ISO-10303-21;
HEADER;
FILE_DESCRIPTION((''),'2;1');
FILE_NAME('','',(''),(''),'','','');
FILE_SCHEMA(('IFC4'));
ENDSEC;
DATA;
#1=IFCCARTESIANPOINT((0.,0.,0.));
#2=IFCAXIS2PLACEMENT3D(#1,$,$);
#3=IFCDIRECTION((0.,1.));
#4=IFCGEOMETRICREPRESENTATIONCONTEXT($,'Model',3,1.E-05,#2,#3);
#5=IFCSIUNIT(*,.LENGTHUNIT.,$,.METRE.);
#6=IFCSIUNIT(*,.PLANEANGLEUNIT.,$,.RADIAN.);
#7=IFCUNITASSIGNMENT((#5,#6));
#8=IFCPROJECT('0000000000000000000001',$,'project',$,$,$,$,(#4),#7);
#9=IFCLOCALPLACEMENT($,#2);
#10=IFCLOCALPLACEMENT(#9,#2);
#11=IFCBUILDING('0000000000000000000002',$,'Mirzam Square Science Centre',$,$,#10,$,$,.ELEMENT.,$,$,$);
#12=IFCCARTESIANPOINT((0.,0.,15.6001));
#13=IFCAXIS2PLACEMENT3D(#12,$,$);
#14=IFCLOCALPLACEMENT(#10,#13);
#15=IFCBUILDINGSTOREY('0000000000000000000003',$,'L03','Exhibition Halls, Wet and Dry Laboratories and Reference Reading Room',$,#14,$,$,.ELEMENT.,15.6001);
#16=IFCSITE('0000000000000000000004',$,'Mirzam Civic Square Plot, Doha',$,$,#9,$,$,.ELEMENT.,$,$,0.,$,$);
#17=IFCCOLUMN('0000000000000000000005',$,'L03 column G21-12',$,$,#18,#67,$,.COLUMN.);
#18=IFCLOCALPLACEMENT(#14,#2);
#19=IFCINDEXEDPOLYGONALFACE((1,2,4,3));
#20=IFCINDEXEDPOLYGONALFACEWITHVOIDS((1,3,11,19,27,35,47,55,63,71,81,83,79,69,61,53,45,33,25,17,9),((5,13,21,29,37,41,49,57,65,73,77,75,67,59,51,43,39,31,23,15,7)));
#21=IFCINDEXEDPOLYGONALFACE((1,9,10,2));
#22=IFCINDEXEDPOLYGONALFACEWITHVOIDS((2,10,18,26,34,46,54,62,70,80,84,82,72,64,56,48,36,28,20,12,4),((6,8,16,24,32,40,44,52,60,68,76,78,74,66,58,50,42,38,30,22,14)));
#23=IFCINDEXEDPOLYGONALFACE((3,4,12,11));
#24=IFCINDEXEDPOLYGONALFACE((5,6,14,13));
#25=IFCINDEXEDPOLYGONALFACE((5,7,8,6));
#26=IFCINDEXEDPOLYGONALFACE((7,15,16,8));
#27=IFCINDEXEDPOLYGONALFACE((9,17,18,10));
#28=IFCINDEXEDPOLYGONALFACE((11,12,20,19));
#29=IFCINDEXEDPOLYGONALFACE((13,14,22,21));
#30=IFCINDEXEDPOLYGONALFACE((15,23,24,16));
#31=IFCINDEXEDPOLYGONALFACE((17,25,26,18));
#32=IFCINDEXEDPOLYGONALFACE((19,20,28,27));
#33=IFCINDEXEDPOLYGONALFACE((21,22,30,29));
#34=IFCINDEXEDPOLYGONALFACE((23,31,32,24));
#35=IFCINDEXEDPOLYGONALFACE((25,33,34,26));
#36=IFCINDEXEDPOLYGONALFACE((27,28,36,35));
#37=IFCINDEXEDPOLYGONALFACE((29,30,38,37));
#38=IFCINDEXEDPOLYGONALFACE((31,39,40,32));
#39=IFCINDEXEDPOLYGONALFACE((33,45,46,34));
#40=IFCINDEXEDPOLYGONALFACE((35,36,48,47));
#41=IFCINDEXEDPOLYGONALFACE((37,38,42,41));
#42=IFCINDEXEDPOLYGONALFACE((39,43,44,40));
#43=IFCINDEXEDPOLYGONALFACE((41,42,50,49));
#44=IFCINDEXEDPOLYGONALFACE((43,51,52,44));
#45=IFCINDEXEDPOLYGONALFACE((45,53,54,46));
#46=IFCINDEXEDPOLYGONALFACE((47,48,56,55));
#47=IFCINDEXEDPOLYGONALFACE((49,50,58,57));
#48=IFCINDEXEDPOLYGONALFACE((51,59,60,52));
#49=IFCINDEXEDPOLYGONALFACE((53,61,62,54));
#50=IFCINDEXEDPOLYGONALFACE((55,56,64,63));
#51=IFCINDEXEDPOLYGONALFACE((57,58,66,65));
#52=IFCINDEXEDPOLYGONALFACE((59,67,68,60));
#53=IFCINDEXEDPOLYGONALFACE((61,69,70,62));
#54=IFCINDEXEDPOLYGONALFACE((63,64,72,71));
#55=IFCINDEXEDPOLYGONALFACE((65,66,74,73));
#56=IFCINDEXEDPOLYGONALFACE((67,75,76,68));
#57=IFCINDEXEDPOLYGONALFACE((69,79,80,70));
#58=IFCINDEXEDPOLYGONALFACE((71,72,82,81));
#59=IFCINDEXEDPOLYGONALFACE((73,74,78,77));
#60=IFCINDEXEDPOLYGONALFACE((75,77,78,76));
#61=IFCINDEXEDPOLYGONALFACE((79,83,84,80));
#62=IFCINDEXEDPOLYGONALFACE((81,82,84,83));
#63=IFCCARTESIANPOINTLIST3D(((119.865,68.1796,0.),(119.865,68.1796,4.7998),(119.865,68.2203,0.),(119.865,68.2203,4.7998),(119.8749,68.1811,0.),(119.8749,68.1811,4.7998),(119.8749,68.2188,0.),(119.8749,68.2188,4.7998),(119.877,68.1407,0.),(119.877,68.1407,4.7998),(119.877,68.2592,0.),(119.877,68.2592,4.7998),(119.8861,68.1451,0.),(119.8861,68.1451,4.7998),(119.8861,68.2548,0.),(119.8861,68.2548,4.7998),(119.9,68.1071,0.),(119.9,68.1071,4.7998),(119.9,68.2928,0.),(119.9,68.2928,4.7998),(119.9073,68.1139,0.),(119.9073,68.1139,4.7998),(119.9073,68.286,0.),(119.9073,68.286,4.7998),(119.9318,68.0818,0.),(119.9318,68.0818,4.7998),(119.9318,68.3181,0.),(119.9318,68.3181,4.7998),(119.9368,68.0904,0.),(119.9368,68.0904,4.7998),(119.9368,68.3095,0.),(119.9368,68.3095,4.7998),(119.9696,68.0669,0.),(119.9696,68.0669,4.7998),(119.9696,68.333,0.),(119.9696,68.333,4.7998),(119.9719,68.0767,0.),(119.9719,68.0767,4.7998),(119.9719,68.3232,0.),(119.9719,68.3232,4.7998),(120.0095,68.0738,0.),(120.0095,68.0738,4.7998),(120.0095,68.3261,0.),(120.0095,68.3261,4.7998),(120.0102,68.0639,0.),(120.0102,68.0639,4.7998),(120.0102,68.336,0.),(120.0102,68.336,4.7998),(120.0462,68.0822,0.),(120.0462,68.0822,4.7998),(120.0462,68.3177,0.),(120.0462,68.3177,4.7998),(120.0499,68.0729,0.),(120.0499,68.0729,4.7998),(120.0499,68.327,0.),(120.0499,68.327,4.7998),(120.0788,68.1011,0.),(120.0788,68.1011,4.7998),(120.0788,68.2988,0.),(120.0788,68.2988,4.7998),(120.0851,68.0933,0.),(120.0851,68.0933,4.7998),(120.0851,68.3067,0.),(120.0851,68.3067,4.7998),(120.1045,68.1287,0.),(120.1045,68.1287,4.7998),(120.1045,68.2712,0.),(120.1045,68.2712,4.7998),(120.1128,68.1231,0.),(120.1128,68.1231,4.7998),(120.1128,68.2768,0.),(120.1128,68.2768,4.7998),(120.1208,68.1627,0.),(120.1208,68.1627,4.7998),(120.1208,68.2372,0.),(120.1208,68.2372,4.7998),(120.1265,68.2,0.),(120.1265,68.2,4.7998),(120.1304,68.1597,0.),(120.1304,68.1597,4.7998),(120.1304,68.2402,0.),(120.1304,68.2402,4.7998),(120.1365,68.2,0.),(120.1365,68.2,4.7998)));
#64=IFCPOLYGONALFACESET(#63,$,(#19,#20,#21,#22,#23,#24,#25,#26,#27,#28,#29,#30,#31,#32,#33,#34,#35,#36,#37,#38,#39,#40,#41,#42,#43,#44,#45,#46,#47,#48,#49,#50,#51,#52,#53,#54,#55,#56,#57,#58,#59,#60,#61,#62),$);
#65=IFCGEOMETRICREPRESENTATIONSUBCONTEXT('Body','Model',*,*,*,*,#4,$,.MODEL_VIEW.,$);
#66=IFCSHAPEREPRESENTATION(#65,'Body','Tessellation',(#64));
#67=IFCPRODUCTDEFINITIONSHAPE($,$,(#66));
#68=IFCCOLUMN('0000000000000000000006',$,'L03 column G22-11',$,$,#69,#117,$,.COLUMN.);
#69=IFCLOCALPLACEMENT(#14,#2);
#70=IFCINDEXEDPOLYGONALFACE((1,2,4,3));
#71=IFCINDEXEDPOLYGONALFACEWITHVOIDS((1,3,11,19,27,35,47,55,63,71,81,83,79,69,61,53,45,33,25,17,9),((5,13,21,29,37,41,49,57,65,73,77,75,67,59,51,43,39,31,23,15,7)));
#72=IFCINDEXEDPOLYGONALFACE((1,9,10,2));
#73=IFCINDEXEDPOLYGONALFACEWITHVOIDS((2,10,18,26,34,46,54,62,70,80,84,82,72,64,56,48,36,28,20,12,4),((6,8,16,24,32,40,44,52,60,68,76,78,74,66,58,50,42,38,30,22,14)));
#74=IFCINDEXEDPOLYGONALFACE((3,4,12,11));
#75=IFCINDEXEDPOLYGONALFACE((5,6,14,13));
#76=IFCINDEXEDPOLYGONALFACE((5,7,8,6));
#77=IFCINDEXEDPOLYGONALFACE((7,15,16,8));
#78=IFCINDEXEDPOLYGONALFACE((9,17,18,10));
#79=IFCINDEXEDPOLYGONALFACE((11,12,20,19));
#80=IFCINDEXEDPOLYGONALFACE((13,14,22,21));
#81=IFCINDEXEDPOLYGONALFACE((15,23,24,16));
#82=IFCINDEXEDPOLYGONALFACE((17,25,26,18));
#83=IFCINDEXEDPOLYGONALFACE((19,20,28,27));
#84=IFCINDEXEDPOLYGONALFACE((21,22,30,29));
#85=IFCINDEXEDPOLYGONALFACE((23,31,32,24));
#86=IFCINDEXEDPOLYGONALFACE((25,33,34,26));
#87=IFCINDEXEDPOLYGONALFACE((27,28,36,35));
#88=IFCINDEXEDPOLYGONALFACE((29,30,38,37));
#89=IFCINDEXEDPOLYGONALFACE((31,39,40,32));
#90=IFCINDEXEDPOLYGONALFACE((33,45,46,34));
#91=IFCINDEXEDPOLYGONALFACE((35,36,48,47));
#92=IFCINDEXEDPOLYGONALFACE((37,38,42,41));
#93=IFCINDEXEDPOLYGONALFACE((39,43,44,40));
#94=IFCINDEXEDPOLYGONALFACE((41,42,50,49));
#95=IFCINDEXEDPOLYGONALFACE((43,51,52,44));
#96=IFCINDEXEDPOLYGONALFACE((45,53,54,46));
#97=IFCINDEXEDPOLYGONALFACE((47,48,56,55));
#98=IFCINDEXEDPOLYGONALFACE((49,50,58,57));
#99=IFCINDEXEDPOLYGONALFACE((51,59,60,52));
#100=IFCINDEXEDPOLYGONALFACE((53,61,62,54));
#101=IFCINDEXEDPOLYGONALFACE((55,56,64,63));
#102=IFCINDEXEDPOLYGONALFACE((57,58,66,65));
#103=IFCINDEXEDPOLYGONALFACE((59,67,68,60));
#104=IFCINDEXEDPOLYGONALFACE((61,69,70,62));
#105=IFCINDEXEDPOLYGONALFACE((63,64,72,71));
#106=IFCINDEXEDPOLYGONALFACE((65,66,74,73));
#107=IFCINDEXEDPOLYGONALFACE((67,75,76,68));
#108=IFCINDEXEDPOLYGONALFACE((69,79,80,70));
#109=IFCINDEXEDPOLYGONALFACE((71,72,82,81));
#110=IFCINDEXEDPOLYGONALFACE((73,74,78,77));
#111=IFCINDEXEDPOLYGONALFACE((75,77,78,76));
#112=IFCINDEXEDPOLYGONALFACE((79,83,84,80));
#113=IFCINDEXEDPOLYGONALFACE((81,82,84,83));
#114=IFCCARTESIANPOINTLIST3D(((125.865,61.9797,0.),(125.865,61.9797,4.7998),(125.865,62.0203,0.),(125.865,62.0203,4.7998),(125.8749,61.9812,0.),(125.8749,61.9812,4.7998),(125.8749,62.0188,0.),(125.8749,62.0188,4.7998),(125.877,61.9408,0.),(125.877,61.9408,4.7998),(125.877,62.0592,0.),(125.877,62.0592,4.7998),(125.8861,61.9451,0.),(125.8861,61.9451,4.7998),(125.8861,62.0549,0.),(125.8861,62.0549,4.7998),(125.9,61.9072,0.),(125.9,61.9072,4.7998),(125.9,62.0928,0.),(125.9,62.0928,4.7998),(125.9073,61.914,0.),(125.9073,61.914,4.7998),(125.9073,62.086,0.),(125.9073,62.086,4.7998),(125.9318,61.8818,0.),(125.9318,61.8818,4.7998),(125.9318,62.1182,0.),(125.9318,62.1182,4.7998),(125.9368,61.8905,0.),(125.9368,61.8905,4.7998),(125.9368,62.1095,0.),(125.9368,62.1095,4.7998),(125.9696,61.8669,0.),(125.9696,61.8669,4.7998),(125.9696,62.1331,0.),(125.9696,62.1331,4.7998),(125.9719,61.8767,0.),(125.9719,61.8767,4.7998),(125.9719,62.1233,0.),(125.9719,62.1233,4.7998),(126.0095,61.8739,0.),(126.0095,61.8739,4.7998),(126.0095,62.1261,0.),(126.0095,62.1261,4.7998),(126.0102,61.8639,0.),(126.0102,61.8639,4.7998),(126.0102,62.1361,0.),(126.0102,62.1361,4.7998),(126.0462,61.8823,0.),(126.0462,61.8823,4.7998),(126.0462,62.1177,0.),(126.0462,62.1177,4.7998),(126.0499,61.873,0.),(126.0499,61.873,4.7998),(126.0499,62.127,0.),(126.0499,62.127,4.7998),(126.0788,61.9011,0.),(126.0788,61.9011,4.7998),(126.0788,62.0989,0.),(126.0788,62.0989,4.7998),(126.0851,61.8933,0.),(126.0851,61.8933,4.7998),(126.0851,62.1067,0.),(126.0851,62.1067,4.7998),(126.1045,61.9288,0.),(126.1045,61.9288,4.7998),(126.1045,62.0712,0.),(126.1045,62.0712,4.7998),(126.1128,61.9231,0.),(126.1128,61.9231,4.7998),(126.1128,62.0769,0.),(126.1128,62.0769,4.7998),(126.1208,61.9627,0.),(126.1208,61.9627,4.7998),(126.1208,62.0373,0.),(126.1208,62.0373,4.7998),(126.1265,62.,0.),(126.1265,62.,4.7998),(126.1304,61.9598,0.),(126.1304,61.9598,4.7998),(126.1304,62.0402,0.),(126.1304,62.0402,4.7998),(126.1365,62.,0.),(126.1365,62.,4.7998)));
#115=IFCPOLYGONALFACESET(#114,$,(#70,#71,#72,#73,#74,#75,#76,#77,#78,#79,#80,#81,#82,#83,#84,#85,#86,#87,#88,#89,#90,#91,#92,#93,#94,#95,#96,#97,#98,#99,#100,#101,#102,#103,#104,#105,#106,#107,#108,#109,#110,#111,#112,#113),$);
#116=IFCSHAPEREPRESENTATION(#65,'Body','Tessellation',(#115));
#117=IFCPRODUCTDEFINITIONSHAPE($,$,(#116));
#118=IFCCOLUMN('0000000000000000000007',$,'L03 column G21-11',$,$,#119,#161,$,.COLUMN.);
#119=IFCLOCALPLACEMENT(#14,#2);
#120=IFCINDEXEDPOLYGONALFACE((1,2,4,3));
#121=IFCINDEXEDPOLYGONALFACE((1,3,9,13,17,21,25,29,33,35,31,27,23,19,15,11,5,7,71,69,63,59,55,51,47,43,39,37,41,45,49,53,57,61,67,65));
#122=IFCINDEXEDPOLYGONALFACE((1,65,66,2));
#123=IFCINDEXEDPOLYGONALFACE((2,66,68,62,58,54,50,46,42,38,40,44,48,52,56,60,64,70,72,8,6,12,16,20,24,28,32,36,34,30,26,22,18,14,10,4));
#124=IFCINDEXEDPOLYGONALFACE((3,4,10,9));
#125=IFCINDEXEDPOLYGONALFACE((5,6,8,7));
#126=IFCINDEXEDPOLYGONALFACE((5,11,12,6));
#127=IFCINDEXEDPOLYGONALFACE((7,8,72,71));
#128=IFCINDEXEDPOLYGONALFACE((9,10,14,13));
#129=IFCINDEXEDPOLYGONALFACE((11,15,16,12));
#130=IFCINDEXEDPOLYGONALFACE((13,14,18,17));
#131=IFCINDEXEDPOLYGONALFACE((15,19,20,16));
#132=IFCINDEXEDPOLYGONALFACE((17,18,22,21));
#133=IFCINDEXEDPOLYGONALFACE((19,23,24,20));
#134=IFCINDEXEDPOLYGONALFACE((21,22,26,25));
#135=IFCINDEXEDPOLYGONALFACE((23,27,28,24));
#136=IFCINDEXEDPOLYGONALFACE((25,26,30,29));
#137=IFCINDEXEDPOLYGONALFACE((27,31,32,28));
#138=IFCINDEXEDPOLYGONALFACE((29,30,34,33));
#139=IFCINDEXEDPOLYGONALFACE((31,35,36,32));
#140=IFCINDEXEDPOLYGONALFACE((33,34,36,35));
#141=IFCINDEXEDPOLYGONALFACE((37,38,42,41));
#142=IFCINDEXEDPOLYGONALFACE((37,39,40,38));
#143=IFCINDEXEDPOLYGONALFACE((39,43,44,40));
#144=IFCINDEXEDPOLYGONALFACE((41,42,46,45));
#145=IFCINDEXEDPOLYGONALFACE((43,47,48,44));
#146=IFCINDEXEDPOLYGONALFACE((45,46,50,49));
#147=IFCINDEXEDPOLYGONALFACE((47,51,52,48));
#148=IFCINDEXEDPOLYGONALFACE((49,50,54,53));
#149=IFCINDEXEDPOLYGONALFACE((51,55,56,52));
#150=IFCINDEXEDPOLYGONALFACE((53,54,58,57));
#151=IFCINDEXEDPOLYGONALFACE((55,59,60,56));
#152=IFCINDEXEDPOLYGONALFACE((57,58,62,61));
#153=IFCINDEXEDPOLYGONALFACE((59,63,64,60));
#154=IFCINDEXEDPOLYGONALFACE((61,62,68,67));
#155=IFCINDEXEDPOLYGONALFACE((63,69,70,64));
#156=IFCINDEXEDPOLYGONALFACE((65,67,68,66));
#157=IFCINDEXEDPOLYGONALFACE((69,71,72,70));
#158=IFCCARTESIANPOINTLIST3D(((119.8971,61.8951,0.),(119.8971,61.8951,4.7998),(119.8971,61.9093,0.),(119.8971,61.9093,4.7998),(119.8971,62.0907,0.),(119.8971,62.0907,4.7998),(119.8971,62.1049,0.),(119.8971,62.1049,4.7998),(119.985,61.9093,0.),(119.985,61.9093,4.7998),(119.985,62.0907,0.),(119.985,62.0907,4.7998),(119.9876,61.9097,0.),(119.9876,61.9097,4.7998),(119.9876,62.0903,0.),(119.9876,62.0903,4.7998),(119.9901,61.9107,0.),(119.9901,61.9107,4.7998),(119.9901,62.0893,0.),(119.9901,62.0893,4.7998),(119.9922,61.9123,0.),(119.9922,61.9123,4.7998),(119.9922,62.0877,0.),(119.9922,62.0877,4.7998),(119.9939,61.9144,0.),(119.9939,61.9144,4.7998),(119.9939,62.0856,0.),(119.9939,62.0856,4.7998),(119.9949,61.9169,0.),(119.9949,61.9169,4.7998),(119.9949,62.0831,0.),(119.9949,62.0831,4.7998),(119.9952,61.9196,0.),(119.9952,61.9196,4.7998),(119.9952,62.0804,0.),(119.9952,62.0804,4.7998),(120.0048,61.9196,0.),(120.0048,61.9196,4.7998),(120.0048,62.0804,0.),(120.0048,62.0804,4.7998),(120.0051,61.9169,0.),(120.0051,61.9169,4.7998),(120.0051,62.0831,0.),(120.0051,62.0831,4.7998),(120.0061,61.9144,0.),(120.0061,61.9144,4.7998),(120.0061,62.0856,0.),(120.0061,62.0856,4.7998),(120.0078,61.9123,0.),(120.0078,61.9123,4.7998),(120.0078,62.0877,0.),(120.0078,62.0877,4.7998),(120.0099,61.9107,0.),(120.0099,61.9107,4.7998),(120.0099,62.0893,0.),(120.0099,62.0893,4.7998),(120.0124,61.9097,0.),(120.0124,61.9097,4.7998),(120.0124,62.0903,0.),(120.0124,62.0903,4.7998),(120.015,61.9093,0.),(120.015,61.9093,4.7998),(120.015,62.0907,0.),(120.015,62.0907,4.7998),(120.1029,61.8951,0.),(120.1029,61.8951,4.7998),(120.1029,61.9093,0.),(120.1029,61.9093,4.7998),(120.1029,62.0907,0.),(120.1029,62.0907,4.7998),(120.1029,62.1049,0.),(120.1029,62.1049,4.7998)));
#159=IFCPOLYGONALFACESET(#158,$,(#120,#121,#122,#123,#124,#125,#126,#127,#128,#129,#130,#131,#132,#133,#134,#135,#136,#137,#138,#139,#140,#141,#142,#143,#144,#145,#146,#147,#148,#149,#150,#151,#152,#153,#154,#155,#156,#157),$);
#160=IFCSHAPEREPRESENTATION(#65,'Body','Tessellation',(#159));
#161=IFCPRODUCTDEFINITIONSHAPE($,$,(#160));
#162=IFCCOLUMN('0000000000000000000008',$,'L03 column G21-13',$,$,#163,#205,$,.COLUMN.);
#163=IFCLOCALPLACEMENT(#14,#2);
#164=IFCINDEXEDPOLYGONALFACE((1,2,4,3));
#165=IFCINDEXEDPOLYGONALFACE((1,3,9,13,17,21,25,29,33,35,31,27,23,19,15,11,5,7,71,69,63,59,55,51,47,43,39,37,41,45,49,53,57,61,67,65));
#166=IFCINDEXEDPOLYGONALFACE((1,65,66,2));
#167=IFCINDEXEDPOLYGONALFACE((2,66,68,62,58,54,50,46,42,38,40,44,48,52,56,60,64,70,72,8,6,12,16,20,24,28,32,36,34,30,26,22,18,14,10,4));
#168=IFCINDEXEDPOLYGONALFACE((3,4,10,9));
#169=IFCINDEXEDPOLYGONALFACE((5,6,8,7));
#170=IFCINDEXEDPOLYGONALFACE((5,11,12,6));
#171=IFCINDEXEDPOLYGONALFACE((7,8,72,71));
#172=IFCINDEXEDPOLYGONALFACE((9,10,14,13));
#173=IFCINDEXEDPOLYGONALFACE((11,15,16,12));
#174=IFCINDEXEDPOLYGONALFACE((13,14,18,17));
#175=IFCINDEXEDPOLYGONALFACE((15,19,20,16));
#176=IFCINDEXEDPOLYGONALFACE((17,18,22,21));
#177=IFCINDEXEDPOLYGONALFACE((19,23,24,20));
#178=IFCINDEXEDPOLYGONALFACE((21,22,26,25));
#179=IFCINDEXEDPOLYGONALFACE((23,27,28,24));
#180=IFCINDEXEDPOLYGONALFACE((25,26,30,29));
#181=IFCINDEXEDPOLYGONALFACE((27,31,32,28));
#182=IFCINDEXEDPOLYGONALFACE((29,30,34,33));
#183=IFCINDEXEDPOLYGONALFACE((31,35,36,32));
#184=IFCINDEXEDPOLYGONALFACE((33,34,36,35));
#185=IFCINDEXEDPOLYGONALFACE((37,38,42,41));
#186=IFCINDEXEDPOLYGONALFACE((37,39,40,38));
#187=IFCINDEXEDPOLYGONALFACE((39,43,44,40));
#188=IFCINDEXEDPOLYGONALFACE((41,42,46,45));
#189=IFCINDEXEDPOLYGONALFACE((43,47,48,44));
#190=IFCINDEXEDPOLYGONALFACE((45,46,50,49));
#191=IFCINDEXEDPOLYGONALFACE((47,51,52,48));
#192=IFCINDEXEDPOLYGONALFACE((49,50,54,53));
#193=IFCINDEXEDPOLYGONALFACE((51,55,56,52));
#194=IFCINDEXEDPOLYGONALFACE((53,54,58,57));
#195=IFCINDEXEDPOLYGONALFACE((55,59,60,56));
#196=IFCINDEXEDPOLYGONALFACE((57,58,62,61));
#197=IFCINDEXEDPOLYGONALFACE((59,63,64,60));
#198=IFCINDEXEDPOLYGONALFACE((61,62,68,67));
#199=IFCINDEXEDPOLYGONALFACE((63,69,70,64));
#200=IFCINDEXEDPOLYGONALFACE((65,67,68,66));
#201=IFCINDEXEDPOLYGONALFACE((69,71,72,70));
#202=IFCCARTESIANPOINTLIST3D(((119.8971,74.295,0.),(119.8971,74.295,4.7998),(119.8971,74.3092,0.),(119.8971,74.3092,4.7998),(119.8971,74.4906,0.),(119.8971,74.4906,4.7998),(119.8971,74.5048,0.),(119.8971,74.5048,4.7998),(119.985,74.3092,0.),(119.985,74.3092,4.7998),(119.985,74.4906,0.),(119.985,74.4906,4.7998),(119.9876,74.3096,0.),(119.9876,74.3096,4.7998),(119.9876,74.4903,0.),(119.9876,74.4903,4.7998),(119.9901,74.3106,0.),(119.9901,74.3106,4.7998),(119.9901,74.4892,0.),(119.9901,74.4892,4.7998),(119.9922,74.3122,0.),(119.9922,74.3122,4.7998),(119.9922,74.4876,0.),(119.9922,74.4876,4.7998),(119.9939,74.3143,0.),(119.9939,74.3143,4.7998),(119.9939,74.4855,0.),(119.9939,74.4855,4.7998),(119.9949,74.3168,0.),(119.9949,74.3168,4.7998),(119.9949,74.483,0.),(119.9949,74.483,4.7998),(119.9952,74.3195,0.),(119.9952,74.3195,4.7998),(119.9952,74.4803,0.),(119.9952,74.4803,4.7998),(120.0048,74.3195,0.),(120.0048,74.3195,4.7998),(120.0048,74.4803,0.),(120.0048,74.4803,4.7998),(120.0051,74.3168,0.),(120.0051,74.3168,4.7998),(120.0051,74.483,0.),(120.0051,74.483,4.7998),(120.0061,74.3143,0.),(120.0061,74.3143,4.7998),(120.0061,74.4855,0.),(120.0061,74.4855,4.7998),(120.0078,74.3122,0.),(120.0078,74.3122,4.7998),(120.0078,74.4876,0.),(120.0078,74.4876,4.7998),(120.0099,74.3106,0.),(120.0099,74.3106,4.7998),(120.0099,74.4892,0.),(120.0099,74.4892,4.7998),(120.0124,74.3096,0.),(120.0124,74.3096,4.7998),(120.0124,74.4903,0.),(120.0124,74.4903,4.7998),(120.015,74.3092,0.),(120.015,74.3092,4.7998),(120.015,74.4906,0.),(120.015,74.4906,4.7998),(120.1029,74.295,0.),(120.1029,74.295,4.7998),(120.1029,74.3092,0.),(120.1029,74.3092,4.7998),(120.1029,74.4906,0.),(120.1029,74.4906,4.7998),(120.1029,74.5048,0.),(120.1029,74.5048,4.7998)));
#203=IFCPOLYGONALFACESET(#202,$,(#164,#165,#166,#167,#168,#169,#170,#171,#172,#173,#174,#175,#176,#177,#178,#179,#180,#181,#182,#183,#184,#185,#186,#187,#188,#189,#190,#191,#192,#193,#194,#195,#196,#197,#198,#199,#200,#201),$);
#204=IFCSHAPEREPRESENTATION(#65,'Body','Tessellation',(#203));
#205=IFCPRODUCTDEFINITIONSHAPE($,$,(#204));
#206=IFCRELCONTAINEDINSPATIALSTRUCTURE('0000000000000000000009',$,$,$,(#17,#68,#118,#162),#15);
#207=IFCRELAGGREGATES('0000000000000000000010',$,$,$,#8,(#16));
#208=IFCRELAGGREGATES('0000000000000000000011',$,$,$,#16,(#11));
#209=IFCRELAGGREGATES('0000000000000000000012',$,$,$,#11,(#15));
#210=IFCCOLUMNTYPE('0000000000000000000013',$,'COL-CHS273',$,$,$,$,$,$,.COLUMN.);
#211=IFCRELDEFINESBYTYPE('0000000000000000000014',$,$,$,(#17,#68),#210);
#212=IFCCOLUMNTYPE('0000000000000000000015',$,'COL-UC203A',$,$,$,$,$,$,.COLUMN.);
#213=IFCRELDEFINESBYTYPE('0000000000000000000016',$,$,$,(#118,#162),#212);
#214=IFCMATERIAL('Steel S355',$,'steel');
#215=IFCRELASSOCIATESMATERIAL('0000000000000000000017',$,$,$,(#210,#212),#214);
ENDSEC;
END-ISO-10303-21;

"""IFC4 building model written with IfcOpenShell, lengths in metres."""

from ifc_helpers import new_model, si_unit, direction, frame, origin, origin_2d, place, context, subcontext, project, spatial, hollow_circle, i_section, extrude, material, material_profile, profile_set, type_object, element, save


model = new_model("IFC4")

# Units and contexts
model_context = context("Model", 3, precision=1e-05, world=origin(), true_north=direction((0.0, 1.0)))
body_context = subcontext(model_context, "Body", "Model", "MODEL_VIEW")
ifc_project = project(units=[si_unit("LENGTHUNIT", "METRE"), si_unit("PLANEANGLEUNIT", "RADIAN")], contexts=[model_context])

# Site, building, storey
site_placement = place(None, origin())
site = spatial("IfcSite", under=ifc_project, at=site_placement, Name="Mirzam Civic Square Plot, Doha", CompositionType="ELEMENT", RefElevation=0.0)
building_placement = place(site_placement, origin())
building = spatial("IfcBuilding", under=site, at=building_placement, Name="Mirzam Square Science Centre", CompositionType="ELEMENT")
storey_placement = place(building_placement, frame((0.0, 0.0, 15.6001)))
storey = spatial("IfcBuildingStorey", under=building, at=storey_placement, Name="L03", Description="Exhibition Halls, Wet and Dry Laboratories and Reference Reading Room", CompositionType="ELEMENT", Elevation=15.6001)

# Columns
ifc_material_1 = material(Name="Steel S355", Category="steel")
ifc_material_profile_1 = material_profile(ifc_material_1, hollow_circle(Radius=0.1365, WallThickness=0.01, at=origin_2d()), Name="273.0x10.0CHS")
ifc_profile_set_1 = profile_set([ifc_material_profile_1], Name="Steel S355")
column_type_1 = type_object("IfcColumnType", Name="COL-CHS273", PredefinedType="COLUMN", material=ifc_profile_set_1)
for number, where, z_axis, x_axis, name in (
    (1, (120.0, 68.2, 0.0), (0.0, 0.0, 1.0), (1.0, 0.0, 0.0), "L03 column G21-12"),
    (2, (126.0, 62.0, 0.0), (0.0, 0.0, 1.0), (1.0, 0.0, 0.0), "L03 column G22-11"),
):
    element("IfcColumn", number, at=place(storey_placement, frame(where, z_axis=z_axis, x_axis=x_axis)), inside=storey, type_object=column_type_1, Name=name, PredefinedType="COLUMN", context=body_context, shape_type="SweptSolid", body=[
        extrude(hollow_circle(Radius=0.1365, WallThickness=0.01, at=origin_2d()), origin(), (0.0, 0.0, 1.0), 4.7998),
    ])
ifc_material_profile_2 = material_profile(ifc_material_1, i_section(OverallWidth=0.2058, OverallDepth=0.2097, WebThickness=0.0095, FlangeThickness=0.0142, FilletRadius=0.0103, at=origin_2d()), Name="203x203x60UC")
ifc_profile_set_2 = profile_set([ifc_material_profile_2], Name="Steel S355")
column_type_2 = type_object("IfcColumnType", Name="COL-UC203A", PredefinedType="COLUMN", material=ifc_profile_set_2)
for number, where, z_axis, x_axis, name in (
    (3, (120.0, 62.0, 0.0), (0.0, 0.0, 1.0), (1.0, 0.0, 0.0), "L03 column G21-11"),
    (4, (120.0, 74.3999, 0.0), (0.0, 0.0, 1.0), (1.0, 0.0, 0.0), "L03 column G21-13"),
):
    element("IfcColumn", number, at=place(storey_placement, frame(where, z_axis=z_axis, x_axis=x_axis)), inside=storey, type_object=column_type_2, Name=name, PredefinedType="COLUMN", context=body_context, shape_type="SweptSolid", body=[
        extrude(i_section(OverallWidth=0.2058, OverallDepth=0.2097, WebThickness=0.0095, FlangeThickness=0.0142, FilletRadius=0.0103, at=origin_2d()), origin(), (0.0, 0.0, 1.0), 4.7998),
    ])

save(model, "model.ifc")
